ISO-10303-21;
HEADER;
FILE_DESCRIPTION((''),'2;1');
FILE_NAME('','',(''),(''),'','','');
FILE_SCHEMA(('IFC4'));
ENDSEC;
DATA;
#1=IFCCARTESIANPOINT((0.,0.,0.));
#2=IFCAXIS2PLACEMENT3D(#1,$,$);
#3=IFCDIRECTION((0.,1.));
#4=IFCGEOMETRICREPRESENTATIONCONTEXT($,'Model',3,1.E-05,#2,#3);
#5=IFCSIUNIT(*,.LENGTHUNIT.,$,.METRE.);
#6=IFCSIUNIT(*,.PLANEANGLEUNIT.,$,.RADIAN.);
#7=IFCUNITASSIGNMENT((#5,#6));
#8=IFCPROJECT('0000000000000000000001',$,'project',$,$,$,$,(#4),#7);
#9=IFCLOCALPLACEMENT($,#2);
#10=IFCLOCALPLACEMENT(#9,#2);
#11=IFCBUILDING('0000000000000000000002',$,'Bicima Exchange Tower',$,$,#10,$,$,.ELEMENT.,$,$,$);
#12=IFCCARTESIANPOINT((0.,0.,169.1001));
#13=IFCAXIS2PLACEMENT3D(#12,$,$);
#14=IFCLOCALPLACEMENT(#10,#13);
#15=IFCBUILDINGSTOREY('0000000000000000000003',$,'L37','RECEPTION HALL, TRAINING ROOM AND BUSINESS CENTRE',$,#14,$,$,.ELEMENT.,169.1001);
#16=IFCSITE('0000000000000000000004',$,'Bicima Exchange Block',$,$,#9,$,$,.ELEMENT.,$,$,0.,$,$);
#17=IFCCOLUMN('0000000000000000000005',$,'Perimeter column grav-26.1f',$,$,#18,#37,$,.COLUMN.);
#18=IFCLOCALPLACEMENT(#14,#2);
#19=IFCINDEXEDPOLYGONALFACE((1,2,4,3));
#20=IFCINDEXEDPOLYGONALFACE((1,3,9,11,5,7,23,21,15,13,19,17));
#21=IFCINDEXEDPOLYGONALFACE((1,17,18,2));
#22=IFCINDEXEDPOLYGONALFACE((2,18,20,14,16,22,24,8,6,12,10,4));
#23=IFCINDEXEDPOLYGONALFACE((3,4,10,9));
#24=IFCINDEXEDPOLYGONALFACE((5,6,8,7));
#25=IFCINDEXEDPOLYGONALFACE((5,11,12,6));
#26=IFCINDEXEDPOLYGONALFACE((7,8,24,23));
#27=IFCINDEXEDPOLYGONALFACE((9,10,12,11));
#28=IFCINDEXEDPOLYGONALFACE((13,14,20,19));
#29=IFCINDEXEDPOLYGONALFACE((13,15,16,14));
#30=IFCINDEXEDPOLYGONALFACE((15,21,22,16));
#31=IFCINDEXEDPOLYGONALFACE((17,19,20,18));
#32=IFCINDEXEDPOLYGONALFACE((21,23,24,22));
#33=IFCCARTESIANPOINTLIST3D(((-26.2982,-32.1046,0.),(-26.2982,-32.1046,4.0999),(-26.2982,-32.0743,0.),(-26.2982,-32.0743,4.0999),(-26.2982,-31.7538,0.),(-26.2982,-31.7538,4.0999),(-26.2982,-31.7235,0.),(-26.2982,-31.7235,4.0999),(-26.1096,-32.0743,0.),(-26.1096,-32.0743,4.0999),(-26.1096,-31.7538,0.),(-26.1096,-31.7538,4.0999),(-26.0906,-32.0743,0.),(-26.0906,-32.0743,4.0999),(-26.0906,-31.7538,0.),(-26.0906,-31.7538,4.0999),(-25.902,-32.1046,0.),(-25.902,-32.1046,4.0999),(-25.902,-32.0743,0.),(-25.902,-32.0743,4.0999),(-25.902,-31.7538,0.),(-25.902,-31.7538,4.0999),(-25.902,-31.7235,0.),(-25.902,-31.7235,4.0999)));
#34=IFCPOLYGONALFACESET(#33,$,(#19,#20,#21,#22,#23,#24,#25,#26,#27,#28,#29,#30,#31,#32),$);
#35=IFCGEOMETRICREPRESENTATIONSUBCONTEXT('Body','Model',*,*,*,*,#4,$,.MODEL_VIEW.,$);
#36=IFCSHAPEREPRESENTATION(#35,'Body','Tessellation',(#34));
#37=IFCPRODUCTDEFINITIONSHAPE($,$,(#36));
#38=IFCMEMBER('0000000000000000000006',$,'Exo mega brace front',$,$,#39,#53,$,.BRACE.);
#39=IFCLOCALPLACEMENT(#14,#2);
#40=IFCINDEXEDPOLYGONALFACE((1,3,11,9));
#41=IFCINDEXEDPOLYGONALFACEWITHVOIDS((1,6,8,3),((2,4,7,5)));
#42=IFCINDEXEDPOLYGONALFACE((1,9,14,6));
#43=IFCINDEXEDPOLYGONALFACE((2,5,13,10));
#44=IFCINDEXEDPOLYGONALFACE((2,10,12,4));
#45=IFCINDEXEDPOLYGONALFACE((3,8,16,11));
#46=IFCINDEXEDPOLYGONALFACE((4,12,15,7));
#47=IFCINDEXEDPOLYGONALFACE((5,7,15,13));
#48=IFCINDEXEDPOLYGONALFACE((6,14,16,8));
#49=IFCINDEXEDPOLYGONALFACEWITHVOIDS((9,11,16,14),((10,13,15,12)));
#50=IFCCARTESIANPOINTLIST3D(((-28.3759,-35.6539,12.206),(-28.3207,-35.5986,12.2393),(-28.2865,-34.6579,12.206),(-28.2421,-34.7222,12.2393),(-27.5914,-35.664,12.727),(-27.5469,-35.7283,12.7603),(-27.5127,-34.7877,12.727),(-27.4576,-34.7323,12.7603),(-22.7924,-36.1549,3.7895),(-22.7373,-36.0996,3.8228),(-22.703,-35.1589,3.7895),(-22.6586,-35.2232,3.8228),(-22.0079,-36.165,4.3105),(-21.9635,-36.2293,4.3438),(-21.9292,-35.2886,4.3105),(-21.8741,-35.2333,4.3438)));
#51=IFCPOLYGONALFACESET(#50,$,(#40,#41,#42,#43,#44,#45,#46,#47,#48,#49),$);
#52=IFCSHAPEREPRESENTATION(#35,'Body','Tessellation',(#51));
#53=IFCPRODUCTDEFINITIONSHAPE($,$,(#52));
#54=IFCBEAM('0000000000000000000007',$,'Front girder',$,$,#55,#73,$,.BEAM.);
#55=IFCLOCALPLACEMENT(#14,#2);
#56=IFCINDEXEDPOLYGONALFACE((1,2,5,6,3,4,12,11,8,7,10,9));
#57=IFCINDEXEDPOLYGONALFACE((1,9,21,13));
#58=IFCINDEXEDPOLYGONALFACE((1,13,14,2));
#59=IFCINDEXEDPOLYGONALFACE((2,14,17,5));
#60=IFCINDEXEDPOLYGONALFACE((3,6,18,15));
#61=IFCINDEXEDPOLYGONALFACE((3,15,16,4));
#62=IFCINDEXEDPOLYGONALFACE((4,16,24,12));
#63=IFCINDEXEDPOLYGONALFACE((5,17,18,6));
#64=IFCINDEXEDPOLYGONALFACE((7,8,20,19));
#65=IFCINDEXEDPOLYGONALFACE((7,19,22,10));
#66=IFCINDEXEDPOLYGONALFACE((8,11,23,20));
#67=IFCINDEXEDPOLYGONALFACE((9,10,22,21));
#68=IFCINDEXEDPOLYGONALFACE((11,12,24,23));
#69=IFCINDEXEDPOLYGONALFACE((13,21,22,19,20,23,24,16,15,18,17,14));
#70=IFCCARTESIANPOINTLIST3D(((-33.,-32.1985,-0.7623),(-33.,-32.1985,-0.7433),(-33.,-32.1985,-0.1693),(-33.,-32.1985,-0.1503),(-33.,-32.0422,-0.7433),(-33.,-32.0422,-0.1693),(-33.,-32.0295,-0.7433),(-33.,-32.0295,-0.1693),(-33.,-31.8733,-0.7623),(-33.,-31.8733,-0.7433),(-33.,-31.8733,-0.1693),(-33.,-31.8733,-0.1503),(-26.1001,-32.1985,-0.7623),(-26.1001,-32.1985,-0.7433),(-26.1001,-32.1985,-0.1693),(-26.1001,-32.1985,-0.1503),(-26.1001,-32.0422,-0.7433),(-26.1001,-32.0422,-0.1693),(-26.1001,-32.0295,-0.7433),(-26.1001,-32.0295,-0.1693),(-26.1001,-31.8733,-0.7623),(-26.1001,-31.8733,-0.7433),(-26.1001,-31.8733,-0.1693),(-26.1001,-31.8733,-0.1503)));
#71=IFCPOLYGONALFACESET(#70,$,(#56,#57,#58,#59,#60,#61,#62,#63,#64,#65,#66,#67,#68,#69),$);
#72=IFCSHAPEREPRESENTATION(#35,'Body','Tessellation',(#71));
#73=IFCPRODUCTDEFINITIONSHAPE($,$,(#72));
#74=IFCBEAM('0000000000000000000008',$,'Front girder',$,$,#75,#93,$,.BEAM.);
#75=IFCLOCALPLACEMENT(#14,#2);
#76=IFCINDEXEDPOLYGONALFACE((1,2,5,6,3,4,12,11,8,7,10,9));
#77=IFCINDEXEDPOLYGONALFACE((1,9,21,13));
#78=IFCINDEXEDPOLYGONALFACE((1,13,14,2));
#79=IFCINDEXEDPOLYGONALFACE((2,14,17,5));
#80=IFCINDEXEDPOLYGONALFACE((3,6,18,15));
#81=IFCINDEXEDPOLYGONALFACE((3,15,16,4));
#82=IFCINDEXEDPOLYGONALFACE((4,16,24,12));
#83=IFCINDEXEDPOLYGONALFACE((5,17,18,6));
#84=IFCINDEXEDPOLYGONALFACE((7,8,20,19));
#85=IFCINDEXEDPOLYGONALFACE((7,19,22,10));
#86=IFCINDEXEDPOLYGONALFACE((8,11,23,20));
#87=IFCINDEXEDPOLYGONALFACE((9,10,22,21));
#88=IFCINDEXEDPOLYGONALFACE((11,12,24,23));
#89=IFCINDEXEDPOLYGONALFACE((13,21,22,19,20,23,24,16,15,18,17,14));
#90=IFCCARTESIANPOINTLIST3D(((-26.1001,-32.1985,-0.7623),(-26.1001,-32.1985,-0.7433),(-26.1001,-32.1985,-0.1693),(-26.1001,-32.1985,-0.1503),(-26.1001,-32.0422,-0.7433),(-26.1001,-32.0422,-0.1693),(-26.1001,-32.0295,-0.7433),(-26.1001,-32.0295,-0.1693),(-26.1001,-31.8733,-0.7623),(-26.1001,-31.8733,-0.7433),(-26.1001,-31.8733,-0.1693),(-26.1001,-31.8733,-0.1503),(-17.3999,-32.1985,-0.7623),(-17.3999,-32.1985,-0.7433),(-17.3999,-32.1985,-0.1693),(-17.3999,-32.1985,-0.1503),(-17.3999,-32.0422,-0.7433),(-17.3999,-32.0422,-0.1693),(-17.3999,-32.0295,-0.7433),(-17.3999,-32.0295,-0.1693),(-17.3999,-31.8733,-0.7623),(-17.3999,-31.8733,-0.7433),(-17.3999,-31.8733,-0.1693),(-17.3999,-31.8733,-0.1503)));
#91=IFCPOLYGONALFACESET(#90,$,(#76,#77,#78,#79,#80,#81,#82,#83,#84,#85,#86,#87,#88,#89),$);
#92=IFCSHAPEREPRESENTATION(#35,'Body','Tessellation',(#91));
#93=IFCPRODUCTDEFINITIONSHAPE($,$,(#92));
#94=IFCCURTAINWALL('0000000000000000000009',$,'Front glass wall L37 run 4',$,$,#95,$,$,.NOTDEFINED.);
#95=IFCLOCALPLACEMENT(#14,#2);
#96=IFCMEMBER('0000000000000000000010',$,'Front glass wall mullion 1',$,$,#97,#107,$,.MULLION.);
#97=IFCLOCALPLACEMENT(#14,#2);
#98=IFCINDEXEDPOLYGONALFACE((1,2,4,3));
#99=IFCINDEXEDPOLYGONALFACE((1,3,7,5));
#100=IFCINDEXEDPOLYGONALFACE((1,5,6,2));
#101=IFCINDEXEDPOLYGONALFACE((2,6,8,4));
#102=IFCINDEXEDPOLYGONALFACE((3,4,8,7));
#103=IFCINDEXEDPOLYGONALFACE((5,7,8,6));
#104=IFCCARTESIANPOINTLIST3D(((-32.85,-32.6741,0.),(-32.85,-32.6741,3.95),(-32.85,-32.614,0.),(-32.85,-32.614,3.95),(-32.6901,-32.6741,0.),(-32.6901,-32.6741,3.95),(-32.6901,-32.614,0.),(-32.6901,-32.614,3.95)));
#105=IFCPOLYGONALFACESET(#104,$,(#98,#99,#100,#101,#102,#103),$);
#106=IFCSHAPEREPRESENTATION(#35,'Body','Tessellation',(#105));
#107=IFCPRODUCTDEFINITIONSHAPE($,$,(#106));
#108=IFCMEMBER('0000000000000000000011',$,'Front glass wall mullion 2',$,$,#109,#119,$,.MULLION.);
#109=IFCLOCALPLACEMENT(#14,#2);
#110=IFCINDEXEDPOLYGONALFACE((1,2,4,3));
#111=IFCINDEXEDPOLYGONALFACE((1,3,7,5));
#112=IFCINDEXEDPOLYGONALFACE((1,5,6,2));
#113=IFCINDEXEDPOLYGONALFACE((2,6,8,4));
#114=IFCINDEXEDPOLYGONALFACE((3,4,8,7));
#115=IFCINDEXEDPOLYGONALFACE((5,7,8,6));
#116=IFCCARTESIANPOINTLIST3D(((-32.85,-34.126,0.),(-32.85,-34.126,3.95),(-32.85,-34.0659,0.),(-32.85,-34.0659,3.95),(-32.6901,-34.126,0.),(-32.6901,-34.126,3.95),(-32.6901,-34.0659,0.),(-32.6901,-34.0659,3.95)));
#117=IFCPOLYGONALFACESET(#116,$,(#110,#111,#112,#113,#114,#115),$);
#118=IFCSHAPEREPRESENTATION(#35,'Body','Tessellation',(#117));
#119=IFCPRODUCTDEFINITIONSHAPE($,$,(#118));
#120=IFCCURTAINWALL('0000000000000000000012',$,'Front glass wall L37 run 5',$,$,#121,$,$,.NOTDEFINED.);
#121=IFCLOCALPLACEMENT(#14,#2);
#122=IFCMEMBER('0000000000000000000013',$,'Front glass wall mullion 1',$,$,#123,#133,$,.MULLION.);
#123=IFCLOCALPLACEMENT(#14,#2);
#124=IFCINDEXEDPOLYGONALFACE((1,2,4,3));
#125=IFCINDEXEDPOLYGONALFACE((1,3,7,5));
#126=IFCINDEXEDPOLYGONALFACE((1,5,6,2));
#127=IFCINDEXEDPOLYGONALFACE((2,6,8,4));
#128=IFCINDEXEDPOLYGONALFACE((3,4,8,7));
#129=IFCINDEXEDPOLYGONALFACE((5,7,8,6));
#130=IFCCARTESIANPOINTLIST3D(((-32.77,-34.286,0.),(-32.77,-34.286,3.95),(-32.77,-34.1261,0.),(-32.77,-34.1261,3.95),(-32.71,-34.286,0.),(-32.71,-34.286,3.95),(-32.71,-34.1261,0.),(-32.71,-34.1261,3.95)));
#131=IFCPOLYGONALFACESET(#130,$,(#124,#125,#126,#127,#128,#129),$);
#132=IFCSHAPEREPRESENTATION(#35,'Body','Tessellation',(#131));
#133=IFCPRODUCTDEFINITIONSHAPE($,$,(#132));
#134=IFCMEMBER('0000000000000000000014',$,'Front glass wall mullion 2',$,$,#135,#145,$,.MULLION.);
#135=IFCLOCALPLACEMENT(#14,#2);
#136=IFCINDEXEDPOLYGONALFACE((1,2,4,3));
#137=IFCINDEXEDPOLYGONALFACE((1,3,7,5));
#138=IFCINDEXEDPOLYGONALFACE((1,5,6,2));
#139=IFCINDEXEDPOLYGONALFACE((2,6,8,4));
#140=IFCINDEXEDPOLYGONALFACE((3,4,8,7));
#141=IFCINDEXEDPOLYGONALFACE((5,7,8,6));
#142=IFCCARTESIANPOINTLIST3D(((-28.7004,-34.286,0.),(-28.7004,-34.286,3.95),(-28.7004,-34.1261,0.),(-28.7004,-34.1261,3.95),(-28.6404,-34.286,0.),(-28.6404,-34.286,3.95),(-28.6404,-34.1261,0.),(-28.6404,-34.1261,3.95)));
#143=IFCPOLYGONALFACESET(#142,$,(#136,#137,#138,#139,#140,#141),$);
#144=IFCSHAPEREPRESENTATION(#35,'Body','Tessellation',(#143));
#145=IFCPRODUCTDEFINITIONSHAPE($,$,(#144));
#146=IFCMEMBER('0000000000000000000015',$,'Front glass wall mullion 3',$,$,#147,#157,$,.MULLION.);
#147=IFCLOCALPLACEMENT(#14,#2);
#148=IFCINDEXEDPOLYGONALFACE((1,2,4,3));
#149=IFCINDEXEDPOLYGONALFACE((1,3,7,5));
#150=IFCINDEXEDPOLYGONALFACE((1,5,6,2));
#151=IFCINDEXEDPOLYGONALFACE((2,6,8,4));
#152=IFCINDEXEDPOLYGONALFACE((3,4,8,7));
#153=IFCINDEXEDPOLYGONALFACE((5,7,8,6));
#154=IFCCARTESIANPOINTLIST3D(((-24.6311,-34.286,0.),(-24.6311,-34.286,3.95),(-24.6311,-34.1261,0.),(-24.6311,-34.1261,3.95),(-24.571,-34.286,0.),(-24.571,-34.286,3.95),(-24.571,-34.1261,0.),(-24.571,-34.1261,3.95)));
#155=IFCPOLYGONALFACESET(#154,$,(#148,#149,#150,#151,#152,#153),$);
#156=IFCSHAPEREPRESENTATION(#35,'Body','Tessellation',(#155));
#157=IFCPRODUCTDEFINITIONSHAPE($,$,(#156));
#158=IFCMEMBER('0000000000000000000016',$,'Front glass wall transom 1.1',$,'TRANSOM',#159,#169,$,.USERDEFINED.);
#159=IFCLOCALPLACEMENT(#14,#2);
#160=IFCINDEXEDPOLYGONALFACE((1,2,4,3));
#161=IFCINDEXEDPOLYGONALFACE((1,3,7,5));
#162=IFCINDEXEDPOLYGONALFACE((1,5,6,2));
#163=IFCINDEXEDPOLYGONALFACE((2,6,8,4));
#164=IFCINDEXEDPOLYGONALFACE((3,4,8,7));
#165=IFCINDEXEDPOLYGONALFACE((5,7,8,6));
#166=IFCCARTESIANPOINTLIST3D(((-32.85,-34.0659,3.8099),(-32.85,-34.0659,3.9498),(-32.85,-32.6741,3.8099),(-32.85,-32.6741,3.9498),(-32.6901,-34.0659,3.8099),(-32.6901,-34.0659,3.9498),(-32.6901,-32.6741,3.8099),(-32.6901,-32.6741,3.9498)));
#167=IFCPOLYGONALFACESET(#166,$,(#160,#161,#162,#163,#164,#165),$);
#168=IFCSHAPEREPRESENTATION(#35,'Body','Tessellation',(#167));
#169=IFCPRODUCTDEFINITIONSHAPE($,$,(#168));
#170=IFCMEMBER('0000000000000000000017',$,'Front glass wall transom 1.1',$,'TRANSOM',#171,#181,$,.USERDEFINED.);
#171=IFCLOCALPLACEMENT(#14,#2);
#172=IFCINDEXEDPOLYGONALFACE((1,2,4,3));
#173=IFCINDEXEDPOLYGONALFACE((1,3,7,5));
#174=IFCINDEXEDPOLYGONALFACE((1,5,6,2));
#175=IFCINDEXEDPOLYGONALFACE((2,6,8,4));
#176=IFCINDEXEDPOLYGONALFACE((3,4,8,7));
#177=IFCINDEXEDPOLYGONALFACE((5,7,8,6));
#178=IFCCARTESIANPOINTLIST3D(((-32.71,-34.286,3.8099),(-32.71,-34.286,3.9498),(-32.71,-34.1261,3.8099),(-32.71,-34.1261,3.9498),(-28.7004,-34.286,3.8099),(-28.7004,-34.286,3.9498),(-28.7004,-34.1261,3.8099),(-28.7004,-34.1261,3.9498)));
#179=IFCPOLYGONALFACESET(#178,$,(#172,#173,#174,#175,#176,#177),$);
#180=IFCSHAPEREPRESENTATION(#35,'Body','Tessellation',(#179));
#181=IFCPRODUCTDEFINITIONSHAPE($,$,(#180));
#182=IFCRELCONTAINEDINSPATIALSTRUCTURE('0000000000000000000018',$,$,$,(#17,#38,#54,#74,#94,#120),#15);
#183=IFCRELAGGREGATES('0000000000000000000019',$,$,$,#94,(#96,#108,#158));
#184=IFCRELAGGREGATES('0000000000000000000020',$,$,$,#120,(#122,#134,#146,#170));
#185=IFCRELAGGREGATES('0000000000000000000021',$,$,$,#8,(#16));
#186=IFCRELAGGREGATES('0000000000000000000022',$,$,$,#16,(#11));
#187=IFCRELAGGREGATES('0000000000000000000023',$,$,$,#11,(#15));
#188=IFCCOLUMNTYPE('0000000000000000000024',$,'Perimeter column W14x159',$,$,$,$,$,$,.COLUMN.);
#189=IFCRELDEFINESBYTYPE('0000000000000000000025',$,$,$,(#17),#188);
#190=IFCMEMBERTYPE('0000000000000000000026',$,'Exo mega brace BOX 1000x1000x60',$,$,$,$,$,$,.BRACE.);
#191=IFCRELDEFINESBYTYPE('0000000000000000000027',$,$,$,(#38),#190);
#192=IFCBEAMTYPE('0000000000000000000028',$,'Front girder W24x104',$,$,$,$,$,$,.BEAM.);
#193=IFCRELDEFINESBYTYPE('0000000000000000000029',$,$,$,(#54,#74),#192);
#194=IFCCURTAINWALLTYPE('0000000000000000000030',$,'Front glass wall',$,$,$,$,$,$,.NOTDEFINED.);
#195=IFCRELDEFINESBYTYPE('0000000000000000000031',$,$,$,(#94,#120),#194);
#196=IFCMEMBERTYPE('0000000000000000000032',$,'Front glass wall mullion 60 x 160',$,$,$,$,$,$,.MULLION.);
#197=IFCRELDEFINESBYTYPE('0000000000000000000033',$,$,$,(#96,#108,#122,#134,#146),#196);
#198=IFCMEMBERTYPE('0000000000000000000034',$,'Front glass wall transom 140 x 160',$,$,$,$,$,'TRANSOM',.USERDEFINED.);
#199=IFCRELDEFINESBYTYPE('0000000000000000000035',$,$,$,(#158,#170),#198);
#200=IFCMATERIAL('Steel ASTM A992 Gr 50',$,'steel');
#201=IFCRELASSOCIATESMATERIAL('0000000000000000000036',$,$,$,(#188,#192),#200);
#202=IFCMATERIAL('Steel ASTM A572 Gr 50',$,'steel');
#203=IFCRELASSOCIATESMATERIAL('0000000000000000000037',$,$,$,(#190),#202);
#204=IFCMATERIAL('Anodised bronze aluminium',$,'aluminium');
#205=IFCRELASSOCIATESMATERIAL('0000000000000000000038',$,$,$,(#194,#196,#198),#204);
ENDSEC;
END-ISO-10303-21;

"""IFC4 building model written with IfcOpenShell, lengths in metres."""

from ifc_helpers import new_model, si_unit, direction, frame, origin, origin_2d, place, context, subcontext, project, spatial, rectangle, hollow_rectangle, i_section, extrude, material, material_profile, profile_set, type_object, element, aggregate, save


model = new_model("IFC4")

# Units and contexts
model_context = context("Model", 3, precision=1e-05, world=origin(), true_north=direction((0.0, 1.0)))
body_context = subcontext(model_context, "Body", "Model", "MODEL_VIEW")
ifc_project = project(units=[si_unit("LENGTHUNIT", "METRE"), si_unit("PLANEANGLEUNIT", "RADIAN")], contexts=[model_context])

# Site, building, storey
site_placement = place(None, origin())
site = spatial("IfcSite", under=ifc_project, at=site_placement, Name="Bicima Exchange Block", CompositionType="ELEMENT", RefElevation=0.0)
building_placement = place(site_placement, origin())
building = spatial("IfcBuilding", under=site, at=building_placement, Name="Bicima Exchange Tower", CompositionType="ELEMENT")
storey_placement = place(building_placement, frame((0.0, 0.0, 169.1001)))
storey = spatial("IfcBuildingStorey", under=building, at=storey_placement, Name="L37", Description="RECEPTION HALL, TRAINING ROOM AND BUSINESS CENTRE", CompositionType="ELEMENT", Elevation=169.1001)

# Column
ifc_material_1 = material(Name="Steel ASTM A992 Gr 50", Category="steel")
ifc_material_profile_1 = material_profile(ifc_material_1, i_section(OverallWidth=0.3962, OverallDepth=0.3811, WebThickness=0.019, FlangeThickness=0.0303, at=origin_2d()))
ifc_profile_set_1 = profile_set([ifc_material_profile_1], Name="Steel ASTM A992 Gr 50")
column_type = type_object("IfcColumnType", Name="Perimeter column W14x159", PredefinedType="COLUMN", material=ifc_profile_set_1)
column_placement = place(storey_placement, frame((-26.1001, -31.9141, 0.0), z_axis=(0.0, 0.0, 1.0), x_axis=(1.0, 0.0, 0.0)))
element("IfcColumn", 1, at=column_placement, inside=storey, type_object=column_type, Name="Perimeter column grav-26.1f", PredefinedType="COLUMN", context=body_context, shape_type="SweptSolid", body=[
    extrude(i_section(OverallWidth=0.3962, OverallDepth=0.3811, WebThickness=0.019, FlangeThickness=0.0303, at=origin_2d()), origin(), (0.0, 0.0, 1.0), 4.0999),
])

# Member
ifc_material_2 = material(Name="Steel ASTM A572 Gr 50", Category="steel")
ifc_material_profile_2 = material_profile(ifc_material_2, hollow_rectangle(XDim=1.0, YDim=1.0, WallThickness=0.0601, at=origin_2d()))
ifc_profile_set_2 = profile_set([ifc_material_profile_2], Name="Steel ASTM A572 Gr 50")
member_type_1 = type_object("IfcMemberType", Name="Exo mega brace BOX 1000x1000x60", PredefinedType="BRACE", material=ifc_profile_set_2)
member_1_placement = place(storey_placement, frame((-22.3333, -35.6941, 4.0667), z_axis=(-0.552135, 0.04954, 0.832282), x_axis=(-0.089366, -0.995999, 0.0)))
element("IfcMember", 2, at=member_1_placement, inside=storey, type_object=member_type_1, Name="Exo mega brace front", PredefinedType="BRACE", context=body_context, shape_type="SweptSolid", body=[
    extrude(hollow_rectangle(XDim=1.0, YDim=1.0, WallThickness=0.0601, at=origin_2d()), origin(), (0.0, 0.0, 1.0), 10.1125),
])

# Beams
ifc_material_profile_3 = material_profile(ifc_material_1, i_section(OverallWidth=0.3252, OverallDepth=0.6121, WebThickness=0.0127, FlangeThickness=0.019, at=origin_2d()))
ifc_profile_set_3 = profile_set([ifc_material_profile_3], Name="Steel ASTM A992 Gr 50")
beam_type = type_object("IfcBeamType", Name="Front girder W24x104", PredefinedType="BEAM", material=ifc_profile_set_3)
beam_1_placement = place(storey_placement, frame((-33.0, -32.0359, -0.4563), z_axis=(1.0, 0.0, 0.0), x_axis=(0.0, 1.0, 0.0)))
element("IfcBeam", 3, at=beam_1_placement, inside=storey, type_object=beam_type, Name="Front girder", PredefinedType="BEAM", context=body_context, shape_type="SweptSolid", body=[
    extrude(i_section(OverallWidth=0.3252, OverallDepth=0.6121, WebThickness=0.0127, FlangeThickness=0.019, at=origin_2d()), origin(), (0.0, 0.0, 1.0), 6.8999),
])
beam_2_placement = place(storey_placement, frame((-26.1001, -32.0359, -0.4563), z_axis=(1.0, 0.0, 0.0), x_axis=(0.0, 1.0, 0.0)))
element("IfcBeam", 4, at=beam_2_placement, inside=storey, type_object=beam_type, Name="Front girder", PredefinedType="BEAM", context=body_context, shape_type="SweptSolid", body=[
    extrude(i_section(OverallWidth=0.3252, OverallDepth=0.6121, WebThickness=0.0127, FlangeThickness=0.019, at=origin_2d()), origin(), (0.0, 0.0, 1.0), 8.7002),
])

# Curtain walls, members
ifc_material_3 = material(Name="Anodised bronze aluminium", Category="aluminium")
curtain_wall_type = type_object("IfcCurtainWallType", Name="Front glass wall", PredefinedType="NOTDEFINED", material=ifc_material_3)
curtain_wall_1_placement = place(storey_placement, origin())
curtain_wall_1 = element("IfcCurtainWall", 5, at=curtain_wall_1_placement, inside=storey, type_object=curtain_wall_type, Name="Front glass wall L37 run 4", PredefinedType="NOTDEFINED")
ifc_material_profile_4 = material_profile(ifc_material_3, rectangle(XDim=0.1599, YDim=0.0601, at=origin_2d()))
ifc_profile_set_4 = profile_set([ifc_material_profile_4], Name="Anodised bronze aluminium")
member_type_2 = type_object("IfcMemberType", Name="Front glass wall mullion 60 x 160", PredefinedType="MULLION", material=ifc_profile_set_4)
member_2_placement = place(storey_placement, frame((-32.77, -32.644, 0.0), z_axis=(0.0, 0.0, 1.0), x_axis=(1.0, 0.0, 0.0)))
member_2 = element("IfcMember", 6, at=member_2_placement, type_object=member_type_2, Name="Front glass wall mullion 1", PredefinedType="MULLION", context=body_context, shape_type="SweptSolid", body=[
    extrude(rectangle(XDim=0.1599, YDim=0.0601, at=origin_2d()), origin(), (0.0, 0.0, 1.0), 3.95),
])
member_3_placement = place(storey_placement, frame((-32.77, -34.0959, 0.0), z_axis=(0.0, 0.0, 1.0), x_axis=(1.0, 0.0, 0.0)))
member_3 = element("IfcMember", 7, at=member_3_placement, type_object=member_type_2, Name="Front glass wall mullion 2", PredefinedType="MULLION", context=body_context, shape_type="SweptSolid", body=[
    extrude(rectangle(XDim=0.1599, YDim=0.0601, at=origin_2d()), origin(), (0.0, 0.0, 1.0), 3.95),
])
curtain_wall_2_placement = place(storey_placement, origin())
curtain_wall_2 = element("IfcCurtainWall", 8, at=curtain_wall_2_placement, inside=storey, type_object=curtain_wall_type, Name="Front glass wall L37 run 5", PredefinedType="NOTDEFINED")
member_4_placement = place(storey_placement, frame((-32.74, -34.2061, 0.0), z_axis=(0.0, 0.0, 1.0), x_axis=(0.0, 1.0, 0.0)))
member_4 = element("IfcMember", 9, at=member_4_placement, type_object=member_type_2, Name="Front glass wall mullion 1", PredefinedType="MULLION", context=body_context, shape_type="SweptSolid", body=[
    extrude(rectangle(XDim=0.1599, YDim=0.0601, at=origin_2d()), origin(), (0.0, 0.0, 1.0), 3.95),
])
member_5_placement = place(storey_placement, frame((-28.6704, -34.2061, 0.0), z_axis=(0.0, 0.0, 1.0), x_axis=(0.0, 1.0, 0.0)))
member_5 = element("IfcMember", 10, at=member_5_placement, type_object=member_type_2, Name="Front glass wall mullion 2", PredefinedType="MULLION", context=body_context, shape_type="SweptSolid", body=[
    extrude(rectangle(XDim=0.1599, YDim=0.0601, at=origin_2d()), origin(), (0.0, 0.0, 1.0), 3.95),
])
member_6_placement = place(storey_placement, frame((-24.6011, -34.2061, 0.0), z_axis=(0.0, 0.0, 1.0), x_axis=(0.0, 1.0, 0.0)))
member_6 = element("IfcMember", 11, at=member_6_placement, type_object=member_type_2, Name="Front glass wall mullion 3", PredefinedType="MULLION", context=body_context, shape_type="SweptSolid", body=[
    extrude(rectangle(XDim=0.1599, YDim=0.0601, at=origin_2d()), origin(), (0.0, 0.0, 1.0), 3.95),
])

# Members
ifc_material_profile_5 = material_profile(ifc_material_3, rectangle(XDim=0.1599, YDim=0.1399, at=origin_2d()))
ifc_profile_set_5 = profile_set([ifc_material_profile_5], Name="Anodised bronze aluminium")
member_type_3 = type_object("IfcMemberType", Name="Front glass wall transom 140 x 160", ElementType="TRANSOM", PredefinedType="USERDEFINED", material=ifc_profile_set_5)
member_7_placement = place(storey_placement, frame((-32.77, -32.6741, 3.8799), z_axis=(0.0, -1.0, 0.0), x_axis=(1.0, 0.0, 0.0)))
member_7 = element("IfcMember", 12, at=member_7_placement, type_object=member_type_3, Name="Front glass wall transom 1.1", ObjectType="TRANSOM", PredefinedType="USERDEFINED", context=body_context, shape_type="SweptSolid", body=[
    extrude(rectangle(XDim=0.1599, YDim=0.1399, at=origin_2d()), origin(), (0.0, 0.0, 1.0), 1.3918),
])
member_8_placement = place(storey_placement, frame((-32.71, -34.2061, 3.8799), z_axis=(1.0, 0.0, 0.0), x_axis=(0.0, 1.0, 0.0)))
member_8 = element("IfcMember", 13, at=member_8_placement, type_object=member_type_3, Name="Front glass wall transom 1.1", ObjectType="TRANSOM", PredefinedType="USERDEFINED", context=body_context, shape_type="SweptSolid", body=[
    extrude(rectangle(XDim=0.1599, YDim=0.1399, at=origin_2d()), origin(), (0.0, 0.0, 1.0), 4.0095),
])

aggregate(curtain_wall_1, [member_2, member_3, member_7])
aggregate(curtain_wall_2, [member_4, member_5, member_6, member_8])

save(model, "model.ifc")
